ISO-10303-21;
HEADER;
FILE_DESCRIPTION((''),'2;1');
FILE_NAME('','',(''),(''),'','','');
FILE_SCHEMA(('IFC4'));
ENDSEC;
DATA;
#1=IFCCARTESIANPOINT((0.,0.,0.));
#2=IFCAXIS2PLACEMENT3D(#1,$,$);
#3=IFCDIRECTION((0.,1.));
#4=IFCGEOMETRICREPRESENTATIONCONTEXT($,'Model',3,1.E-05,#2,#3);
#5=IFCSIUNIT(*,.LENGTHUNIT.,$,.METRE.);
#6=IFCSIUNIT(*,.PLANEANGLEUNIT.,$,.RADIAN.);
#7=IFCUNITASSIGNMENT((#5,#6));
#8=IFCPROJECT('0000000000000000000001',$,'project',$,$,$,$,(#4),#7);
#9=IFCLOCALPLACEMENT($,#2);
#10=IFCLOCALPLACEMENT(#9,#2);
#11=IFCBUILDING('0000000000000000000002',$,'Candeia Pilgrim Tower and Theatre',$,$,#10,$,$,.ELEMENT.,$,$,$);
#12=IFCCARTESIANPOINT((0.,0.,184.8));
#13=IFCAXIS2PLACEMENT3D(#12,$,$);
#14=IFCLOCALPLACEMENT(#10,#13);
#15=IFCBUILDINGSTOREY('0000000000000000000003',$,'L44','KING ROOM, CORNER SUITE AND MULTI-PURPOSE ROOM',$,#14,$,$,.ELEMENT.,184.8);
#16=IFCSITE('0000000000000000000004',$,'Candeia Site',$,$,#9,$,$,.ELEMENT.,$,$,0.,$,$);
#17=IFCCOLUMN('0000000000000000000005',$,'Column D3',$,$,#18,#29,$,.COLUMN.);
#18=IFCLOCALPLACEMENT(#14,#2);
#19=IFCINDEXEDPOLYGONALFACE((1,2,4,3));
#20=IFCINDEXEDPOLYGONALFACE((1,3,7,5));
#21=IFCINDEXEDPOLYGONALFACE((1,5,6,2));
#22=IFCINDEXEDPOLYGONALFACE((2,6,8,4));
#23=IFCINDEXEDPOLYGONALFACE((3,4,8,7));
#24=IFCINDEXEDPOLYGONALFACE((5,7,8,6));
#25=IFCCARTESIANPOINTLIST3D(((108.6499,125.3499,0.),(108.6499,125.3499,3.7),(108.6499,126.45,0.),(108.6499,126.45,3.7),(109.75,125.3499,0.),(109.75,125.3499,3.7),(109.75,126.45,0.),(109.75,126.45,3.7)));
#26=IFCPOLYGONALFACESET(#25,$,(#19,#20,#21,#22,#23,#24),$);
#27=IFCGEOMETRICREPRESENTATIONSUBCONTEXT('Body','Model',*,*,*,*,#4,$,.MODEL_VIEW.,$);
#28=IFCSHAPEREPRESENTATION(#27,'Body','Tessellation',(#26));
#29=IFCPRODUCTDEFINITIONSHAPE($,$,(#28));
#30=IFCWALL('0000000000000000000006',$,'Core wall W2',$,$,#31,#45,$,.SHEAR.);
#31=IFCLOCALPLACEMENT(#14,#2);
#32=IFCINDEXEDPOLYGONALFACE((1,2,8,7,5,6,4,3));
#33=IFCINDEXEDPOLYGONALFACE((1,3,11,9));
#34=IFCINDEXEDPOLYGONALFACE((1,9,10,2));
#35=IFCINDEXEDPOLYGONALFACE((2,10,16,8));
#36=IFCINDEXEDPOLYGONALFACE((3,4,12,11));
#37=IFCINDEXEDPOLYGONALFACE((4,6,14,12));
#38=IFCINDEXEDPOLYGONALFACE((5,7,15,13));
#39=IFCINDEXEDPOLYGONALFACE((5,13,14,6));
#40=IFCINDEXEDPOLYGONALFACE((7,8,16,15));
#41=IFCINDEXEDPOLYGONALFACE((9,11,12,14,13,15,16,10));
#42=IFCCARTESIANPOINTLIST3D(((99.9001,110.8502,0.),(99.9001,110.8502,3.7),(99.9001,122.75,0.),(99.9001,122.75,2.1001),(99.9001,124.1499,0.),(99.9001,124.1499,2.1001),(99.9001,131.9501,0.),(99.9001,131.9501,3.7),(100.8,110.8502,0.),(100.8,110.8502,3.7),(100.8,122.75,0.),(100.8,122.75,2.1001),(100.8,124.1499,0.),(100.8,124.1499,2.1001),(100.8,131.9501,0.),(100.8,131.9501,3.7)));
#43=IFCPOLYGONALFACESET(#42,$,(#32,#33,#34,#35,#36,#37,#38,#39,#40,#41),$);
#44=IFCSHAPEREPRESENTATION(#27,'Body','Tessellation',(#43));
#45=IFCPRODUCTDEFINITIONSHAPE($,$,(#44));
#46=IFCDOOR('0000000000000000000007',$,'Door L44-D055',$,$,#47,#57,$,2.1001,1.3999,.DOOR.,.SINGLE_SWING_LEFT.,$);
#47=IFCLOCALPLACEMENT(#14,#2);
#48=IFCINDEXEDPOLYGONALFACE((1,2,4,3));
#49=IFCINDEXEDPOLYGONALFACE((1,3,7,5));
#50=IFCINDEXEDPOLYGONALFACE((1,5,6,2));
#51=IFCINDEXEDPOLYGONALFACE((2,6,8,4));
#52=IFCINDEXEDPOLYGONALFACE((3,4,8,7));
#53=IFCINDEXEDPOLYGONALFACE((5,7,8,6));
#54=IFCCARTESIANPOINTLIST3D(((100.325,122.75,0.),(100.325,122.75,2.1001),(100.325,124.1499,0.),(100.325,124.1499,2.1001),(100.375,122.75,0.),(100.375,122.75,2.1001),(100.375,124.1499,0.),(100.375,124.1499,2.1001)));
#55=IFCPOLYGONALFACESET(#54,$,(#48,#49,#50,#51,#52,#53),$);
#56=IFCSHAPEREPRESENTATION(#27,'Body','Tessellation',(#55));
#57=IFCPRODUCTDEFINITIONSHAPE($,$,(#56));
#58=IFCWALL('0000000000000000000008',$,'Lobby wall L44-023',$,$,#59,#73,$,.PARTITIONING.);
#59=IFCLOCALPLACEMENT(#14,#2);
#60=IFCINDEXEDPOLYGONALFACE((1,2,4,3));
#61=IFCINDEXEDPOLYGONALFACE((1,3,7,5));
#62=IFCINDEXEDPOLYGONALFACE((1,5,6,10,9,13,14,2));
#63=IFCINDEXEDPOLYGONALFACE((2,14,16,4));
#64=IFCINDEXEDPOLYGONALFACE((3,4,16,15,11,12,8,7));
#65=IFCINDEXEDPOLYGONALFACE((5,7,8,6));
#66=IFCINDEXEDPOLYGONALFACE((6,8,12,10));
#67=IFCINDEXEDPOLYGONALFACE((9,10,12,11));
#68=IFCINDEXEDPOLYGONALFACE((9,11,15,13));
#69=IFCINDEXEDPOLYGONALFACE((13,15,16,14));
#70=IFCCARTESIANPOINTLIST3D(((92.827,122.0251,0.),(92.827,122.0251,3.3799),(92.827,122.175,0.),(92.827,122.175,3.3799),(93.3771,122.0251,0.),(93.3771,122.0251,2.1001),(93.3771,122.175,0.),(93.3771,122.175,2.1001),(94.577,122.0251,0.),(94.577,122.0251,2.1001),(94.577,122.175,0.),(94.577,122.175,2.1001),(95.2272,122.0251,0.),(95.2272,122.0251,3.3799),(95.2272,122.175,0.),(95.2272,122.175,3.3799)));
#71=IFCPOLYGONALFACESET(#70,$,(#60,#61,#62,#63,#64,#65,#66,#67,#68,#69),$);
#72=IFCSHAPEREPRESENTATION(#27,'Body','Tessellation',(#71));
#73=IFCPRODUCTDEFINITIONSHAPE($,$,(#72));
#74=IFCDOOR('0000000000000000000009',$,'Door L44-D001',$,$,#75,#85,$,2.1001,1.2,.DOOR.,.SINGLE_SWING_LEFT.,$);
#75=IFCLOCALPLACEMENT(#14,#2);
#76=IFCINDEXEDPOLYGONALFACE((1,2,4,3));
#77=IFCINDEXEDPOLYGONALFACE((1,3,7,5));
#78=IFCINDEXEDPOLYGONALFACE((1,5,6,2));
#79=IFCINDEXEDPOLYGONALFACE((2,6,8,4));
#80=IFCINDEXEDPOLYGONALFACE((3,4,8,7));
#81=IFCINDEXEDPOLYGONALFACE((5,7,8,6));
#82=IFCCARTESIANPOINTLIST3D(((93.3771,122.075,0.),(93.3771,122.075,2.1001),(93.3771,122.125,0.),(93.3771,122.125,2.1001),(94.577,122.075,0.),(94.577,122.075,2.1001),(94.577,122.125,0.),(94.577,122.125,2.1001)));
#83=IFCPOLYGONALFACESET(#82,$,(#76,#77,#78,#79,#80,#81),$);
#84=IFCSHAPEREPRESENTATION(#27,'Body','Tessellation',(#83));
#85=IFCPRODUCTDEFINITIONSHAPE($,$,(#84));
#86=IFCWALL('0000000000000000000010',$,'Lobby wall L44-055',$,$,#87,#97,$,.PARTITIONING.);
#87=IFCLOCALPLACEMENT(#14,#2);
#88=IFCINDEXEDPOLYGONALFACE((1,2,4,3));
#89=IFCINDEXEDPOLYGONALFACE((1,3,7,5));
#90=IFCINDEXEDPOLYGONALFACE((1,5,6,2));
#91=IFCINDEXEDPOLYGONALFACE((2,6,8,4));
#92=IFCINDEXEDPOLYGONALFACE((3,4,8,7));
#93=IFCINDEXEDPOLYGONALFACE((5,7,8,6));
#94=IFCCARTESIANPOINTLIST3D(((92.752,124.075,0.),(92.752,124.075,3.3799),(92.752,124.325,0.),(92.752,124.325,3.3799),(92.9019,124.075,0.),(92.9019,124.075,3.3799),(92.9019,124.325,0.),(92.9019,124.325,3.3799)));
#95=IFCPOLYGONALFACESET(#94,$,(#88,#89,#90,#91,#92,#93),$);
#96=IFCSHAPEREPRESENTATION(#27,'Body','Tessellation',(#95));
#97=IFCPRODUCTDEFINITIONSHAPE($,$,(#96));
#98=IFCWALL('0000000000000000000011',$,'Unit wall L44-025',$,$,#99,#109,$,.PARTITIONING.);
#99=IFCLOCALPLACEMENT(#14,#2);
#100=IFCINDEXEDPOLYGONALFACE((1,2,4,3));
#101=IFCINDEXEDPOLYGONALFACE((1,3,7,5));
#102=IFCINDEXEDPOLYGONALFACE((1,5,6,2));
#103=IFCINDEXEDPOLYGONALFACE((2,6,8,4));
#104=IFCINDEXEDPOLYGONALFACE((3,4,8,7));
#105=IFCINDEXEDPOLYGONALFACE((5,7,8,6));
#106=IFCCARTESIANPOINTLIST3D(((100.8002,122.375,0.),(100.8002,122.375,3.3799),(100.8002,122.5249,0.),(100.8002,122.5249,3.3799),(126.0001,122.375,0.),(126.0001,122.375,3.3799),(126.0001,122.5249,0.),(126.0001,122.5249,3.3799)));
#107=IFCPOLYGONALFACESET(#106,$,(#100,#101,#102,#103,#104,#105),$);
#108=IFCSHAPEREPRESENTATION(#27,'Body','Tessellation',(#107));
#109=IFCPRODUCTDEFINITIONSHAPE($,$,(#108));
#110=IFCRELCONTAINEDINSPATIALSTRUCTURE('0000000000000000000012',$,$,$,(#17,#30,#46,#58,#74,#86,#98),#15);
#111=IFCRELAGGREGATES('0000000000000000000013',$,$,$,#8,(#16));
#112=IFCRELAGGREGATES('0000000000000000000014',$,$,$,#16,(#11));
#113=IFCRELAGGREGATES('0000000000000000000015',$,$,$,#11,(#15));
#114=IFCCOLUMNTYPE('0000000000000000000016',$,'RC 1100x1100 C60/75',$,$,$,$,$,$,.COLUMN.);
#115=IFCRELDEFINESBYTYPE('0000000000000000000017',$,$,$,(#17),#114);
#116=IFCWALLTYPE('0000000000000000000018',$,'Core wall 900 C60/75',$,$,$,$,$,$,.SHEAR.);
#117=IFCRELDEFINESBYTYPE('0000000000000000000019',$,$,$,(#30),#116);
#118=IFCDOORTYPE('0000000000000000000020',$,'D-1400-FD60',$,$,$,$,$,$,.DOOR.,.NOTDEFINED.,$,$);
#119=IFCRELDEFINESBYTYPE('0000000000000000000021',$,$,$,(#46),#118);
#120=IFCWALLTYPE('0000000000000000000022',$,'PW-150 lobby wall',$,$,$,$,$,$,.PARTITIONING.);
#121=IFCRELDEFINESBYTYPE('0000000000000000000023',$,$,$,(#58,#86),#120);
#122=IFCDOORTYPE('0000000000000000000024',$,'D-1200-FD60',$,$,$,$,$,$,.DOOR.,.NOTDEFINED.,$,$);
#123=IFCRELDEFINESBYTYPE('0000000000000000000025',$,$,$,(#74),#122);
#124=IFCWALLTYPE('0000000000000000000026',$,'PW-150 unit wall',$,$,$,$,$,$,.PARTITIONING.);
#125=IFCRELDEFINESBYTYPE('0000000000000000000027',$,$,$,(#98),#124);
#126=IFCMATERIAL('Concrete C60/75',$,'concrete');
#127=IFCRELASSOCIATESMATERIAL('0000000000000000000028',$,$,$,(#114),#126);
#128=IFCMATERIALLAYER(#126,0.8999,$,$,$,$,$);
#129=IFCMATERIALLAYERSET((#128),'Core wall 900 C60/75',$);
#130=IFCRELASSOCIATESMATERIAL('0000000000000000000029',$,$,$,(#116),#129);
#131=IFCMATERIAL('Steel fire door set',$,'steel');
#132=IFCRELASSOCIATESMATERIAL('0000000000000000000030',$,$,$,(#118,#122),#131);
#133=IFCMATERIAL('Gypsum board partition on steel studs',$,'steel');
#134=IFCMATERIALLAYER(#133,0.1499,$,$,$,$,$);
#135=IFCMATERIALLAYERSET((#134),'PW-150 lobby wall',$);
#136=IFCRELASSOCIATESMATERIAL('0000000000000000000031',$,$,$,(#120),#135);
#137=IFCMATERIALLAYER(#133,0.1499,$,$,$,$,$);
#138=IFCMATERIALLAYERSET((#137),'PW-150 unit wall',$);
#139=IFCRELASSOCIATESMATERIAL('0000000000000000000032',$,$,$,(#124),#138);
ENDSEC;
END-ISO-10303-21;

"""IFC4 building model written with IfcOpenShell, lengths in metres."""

from ifc_helpers import new_model, si_unit, direction, frame, frame_2d, origin, origin_2d, place, context, subcontext, project, spatial, rectangle, extrude, material, layer, layer_set, material_profile, profile_set, type_object, element, fill, save


model = new_model("IFC4")

# Units and contexts
model_context = context("Model", 3, precision=1e-05, world=origin(), true_north=direction((0.0, 1.0)))
body_context = subcontext(model_context, "Body", "Model", "MODEL_VIEW")
ifc_project = project(units=[si_unit("LENGTHUNIT", "METRE"), si_unit("PLANEANGLEUNIT", "RADIAN")], contexts=[model_context])

# Site, building, storey
site_placement = place(None, origin())
site = spatial("IfcSite", under=ifc_project, at=site_placement, Name="Candeia Site", CompositionType="ELEMENT", RefElevation=0.0)
building_placement = place(site_placement, origin())
building = spatial("IfcBuilding", under=site, at=building_placement, Name="Candeia Pilgrim Tower and Theatre", CompositionType="ELEMENT")
storey_placement = place(building_placement, frame((0.0, 0.0, 184.8)))
storey = spatial("IfcBuildingStorey", under=building, at=storey_placement, Name="L44", Description="KING ROOM, CORNER SUITE AND MULTI-PURPOSE ROOM", CompositionType="ELEMENT", Elevation=184.8)

# Column
ifc_material_1 = material(Name="Concrete C60/75", Category="concrete")
ifc_material_profile = material_profile(ifc_material_1, rectangle(XDim=1.1001, YDim=1.1001, at=origin_2d()))
ifc_profile_set = profile_set([ifc_material_profile], Name="Concrete C60/75")
column_type = type_object("IfcColumnType", Name="RC 1100x1100 C60/75", PredefinedType="COLUMN", material=ifc_profile_set)
column_placement = place(storey_placement, frame((109.2, 125.8999, 0.0), z_axis=(0.0, 0.0, 1.0), x_axis=(1.0, 0.0, 0.0)))
element("IfcColumn", 1, at=column_placement, inside=storey, type_object=column_type, Name="Column D3", PredefinedType="COLUMN", context=body_context, shape_type="SweptSolid", body=[
    extrude(rectangle(XDim=1.1001, YDim=1.1001, at=origin_2d()), origin(), (0.0, 0.0, 1.0), 3.7),
])

# Walls, openings, doors
ifc_layer_1 = layer(ifc_material_1, 0.8999)
ifc_layer_set_1 = layer_set([ifc_layer_1], Name="Core wall 900 C60/75")
wall_type_1 = type_object("IfcWallType", Name="Core wall 900 C60/75", PredefinedType="SHEAR", material=ifc_layer_set_1)
wall_1_placement = place(storey_placement, frame((100.3501, 131.95, 0.0), z_axis=(0.0, 0.0, 1.0), x_axis=(0.0, -1.0, 0.0)))
wall_1 = element("IfcWall", 2, at=wall_1_placement, inside=storey, type_object=wall_type_1, Name="Core wall W2", PredefinedType="SHEAR", context=body_context, shape_type="SweptSolid", body=[
    extrude(rectangle(XDim=21.0999, YDim=0.8999, at=frame_2d((10.5498, 0.0))), origin(), (0.0, 0.0, 1.0), 3.7),
])
opening_1_placement = place(wall_1_placement, frame((7.8, 0.0, 0.0)))
opening_1 = element("IfcOpeningElement", 3, at=opening_1_placement, cuts=wall_1, PredefinedType="OPENING", context=body_context, shape_type="SweptSolid", body=[
    extrude(rectangle(XDim=1.3999, YDim=2.1001, at=frame_2d((0.7, 1.05))), frame((0.0, 0.46, 0.0), z_axis=(0.0, -1.0, 0.0), x_axis=(1.0, 0.0, 0.0)), (0.0, 0.0, 1.0), 0.9199),
])
ifc_material_2 = material(Name="Steel fire door set", Category="steel")
door_type_1 = type_object("IfcDoorType", Name="D-1400-FD60", OperationType="NOTDEFINED", PredefinedType="DOOR", material=ifc_material_2)
door_1_placement = place(opening_1_placement, origin())
door_1 = element("IfcDoor", 4, at=door_1_placement, inside=storey, type_object=door_type_1, Name="Door L44-D055", OperationType="SINGLE_SWING_LEFT", OverallHeight=2.1001, OverallWidth=1.3999, PredefinedType="DOOR", context=body_context, shape_type="SweptSolid", body=[
    extrude(rectangle(XDim=1.3999, YDim=2.1001, at=frame_2d((0.7, 1.05))), frame((0.0, 0.0249, 0.0), z_axis=(0.0, -1.0, 0.0), x_axis=(1.0, 0.0, 0.0)), (0.0, 0.0, 1.0), 0.05),
])
fill(opening_1, door_1)
ifc_material_3 = material(Name="Gypsum board partition on steel studs", Category="steel")
ifc_layer_2 = layer(ifc_material_3, 0.1499)
ifc_layer_set_2 = layer_set([ifc_layer_2], Name="PW-150 lobby wall")
wall_type_2 = type_object("IfcWallType", Name="PW-150 lobby wall", PredefinedType="PARTITIONING", material=ifc_layer_set_2)
wall_2_placement = place(storey_placement, frame((92.8269, 122.1001, 0.0), z_axis=(0.0, 0.0, 1.0), x_axis=(1.0, 0.0, 0.0)))
wall_2 = element("IfcWall", 5, at=wall_2_placement, inside=storey, type_object=wall_type_2, Name="Lobby wall L44-023", PredefinedType="PARTITIONING", context=body_context, shape_type="SweptSolid", body=[
    extrude(rectangle(XDim=2.4001, YDim=0.1499, at=frame_2d((1.2002, 0.0))), origin(), (0.0, 0.0, 1.0), 3.3799),
])
opening_2_placement = place(wall_2_placement, frame((0.55, 0.0, 0.0)))
opening_2 = element("IfcOpeningElement", 6, at=opening_2_placement, cuts=wall_2, PredefinedType="OPENING", context=body_context, shape_type="SweptSolid", body=[
    extrude(rectangle(XDim=1.2, YDim=2.1001, at=frame_2d((0.6001, 1.05))), frame((0.0, 0.085, 0.0), z_axis=(0.0, -1.0, 0.0), x_axis=(1.0, 0.0, 0.0)), (0.0, 0.0, 1.0), 0.1699),
])
door_type_2 = type_object("IfcDoorType", Name="D-1200-FD60", OperationType="NOTDEFINED", PredefinedType="DOOR", material=ifc_material_2)
door_2_placement = place(opening_2_placement, origin())
door_2 = element("IfcDoor", 7, at=door_2_placement, inside=storey, type_object=door_type_2, Name="Door L44-D001", OperationType="SINGLE_SWING_LEFT", OverallHeight=2.1001, OverallWidth=1.2, PredefinedType="DOOR", context=body_context, shape_type="SweptSolid", body=[
    extrude(rectangle(XDim=1.2, YDim=2.1001, at=frame_2d((0.6001, 1.05))), frame((0.0, 0.0249, 0.0), z_axis=(0.0, -1.0, 0.0), x_axis=(1.0, 0.0, 0.0)), (0.0, 0.0, 1.0), 0.05),
])
fill(opening_2, door_2)

# Walls
wall_3_placement = place(storey_placement, frame((92.8269, 124.075, 0.0), z_axis=(0.0, 0.0, 1.0), x_axis=(0.0, 1.0, 0.0)))
element("IfcWall", 8, at=wall_3_placement, inside=storey, type_object=wall_type_2, Name="Lobby wall L44-055", PredefinedType="PARTITIONING", context=body_context, shape_type="SweptSolid", body=[
    extrude(rectangle(XDim=0.25, YDim=0.1499, at=frame_2d((0.125, 0.0))), origin(), (0.0, 0.0, 1.0), 3.3799),
])
ifc_layer_3 = layer(ifc_material_3, 0.1499)
ifc_layer_set_3 = layer_set([ifc_layer_3], Name="PW-150 unit wall")
wall_type_3 = type_object("IfcWallType", Name="PW-150 unit wall", PredefinedType="PARTITIONING", material=ifc_layer_set_3)
wall_4_placement = place(storey_placement, frame((100.8, 122.45, 0.0), z_axis=(0.0, 0.0, 1.0), x_axis=(1.0, 0.0, 0.0)))
element("IfcWall", 9, at=wall_4_placement, inside=storey, type_object=wall_type_3, Name="Unit wall L44-025", PredefinedType="PARTITIONING", context=body_context, shape_type="SweptSolid", body=[
    extrude(rectangle(XDim=25.2, YDim=0.1499, at=frame_2d((12.6001, 0.0))), origin(), (0.0, 0.0, 1.0), 3.3799),
])

save(model, "model.ifc")
